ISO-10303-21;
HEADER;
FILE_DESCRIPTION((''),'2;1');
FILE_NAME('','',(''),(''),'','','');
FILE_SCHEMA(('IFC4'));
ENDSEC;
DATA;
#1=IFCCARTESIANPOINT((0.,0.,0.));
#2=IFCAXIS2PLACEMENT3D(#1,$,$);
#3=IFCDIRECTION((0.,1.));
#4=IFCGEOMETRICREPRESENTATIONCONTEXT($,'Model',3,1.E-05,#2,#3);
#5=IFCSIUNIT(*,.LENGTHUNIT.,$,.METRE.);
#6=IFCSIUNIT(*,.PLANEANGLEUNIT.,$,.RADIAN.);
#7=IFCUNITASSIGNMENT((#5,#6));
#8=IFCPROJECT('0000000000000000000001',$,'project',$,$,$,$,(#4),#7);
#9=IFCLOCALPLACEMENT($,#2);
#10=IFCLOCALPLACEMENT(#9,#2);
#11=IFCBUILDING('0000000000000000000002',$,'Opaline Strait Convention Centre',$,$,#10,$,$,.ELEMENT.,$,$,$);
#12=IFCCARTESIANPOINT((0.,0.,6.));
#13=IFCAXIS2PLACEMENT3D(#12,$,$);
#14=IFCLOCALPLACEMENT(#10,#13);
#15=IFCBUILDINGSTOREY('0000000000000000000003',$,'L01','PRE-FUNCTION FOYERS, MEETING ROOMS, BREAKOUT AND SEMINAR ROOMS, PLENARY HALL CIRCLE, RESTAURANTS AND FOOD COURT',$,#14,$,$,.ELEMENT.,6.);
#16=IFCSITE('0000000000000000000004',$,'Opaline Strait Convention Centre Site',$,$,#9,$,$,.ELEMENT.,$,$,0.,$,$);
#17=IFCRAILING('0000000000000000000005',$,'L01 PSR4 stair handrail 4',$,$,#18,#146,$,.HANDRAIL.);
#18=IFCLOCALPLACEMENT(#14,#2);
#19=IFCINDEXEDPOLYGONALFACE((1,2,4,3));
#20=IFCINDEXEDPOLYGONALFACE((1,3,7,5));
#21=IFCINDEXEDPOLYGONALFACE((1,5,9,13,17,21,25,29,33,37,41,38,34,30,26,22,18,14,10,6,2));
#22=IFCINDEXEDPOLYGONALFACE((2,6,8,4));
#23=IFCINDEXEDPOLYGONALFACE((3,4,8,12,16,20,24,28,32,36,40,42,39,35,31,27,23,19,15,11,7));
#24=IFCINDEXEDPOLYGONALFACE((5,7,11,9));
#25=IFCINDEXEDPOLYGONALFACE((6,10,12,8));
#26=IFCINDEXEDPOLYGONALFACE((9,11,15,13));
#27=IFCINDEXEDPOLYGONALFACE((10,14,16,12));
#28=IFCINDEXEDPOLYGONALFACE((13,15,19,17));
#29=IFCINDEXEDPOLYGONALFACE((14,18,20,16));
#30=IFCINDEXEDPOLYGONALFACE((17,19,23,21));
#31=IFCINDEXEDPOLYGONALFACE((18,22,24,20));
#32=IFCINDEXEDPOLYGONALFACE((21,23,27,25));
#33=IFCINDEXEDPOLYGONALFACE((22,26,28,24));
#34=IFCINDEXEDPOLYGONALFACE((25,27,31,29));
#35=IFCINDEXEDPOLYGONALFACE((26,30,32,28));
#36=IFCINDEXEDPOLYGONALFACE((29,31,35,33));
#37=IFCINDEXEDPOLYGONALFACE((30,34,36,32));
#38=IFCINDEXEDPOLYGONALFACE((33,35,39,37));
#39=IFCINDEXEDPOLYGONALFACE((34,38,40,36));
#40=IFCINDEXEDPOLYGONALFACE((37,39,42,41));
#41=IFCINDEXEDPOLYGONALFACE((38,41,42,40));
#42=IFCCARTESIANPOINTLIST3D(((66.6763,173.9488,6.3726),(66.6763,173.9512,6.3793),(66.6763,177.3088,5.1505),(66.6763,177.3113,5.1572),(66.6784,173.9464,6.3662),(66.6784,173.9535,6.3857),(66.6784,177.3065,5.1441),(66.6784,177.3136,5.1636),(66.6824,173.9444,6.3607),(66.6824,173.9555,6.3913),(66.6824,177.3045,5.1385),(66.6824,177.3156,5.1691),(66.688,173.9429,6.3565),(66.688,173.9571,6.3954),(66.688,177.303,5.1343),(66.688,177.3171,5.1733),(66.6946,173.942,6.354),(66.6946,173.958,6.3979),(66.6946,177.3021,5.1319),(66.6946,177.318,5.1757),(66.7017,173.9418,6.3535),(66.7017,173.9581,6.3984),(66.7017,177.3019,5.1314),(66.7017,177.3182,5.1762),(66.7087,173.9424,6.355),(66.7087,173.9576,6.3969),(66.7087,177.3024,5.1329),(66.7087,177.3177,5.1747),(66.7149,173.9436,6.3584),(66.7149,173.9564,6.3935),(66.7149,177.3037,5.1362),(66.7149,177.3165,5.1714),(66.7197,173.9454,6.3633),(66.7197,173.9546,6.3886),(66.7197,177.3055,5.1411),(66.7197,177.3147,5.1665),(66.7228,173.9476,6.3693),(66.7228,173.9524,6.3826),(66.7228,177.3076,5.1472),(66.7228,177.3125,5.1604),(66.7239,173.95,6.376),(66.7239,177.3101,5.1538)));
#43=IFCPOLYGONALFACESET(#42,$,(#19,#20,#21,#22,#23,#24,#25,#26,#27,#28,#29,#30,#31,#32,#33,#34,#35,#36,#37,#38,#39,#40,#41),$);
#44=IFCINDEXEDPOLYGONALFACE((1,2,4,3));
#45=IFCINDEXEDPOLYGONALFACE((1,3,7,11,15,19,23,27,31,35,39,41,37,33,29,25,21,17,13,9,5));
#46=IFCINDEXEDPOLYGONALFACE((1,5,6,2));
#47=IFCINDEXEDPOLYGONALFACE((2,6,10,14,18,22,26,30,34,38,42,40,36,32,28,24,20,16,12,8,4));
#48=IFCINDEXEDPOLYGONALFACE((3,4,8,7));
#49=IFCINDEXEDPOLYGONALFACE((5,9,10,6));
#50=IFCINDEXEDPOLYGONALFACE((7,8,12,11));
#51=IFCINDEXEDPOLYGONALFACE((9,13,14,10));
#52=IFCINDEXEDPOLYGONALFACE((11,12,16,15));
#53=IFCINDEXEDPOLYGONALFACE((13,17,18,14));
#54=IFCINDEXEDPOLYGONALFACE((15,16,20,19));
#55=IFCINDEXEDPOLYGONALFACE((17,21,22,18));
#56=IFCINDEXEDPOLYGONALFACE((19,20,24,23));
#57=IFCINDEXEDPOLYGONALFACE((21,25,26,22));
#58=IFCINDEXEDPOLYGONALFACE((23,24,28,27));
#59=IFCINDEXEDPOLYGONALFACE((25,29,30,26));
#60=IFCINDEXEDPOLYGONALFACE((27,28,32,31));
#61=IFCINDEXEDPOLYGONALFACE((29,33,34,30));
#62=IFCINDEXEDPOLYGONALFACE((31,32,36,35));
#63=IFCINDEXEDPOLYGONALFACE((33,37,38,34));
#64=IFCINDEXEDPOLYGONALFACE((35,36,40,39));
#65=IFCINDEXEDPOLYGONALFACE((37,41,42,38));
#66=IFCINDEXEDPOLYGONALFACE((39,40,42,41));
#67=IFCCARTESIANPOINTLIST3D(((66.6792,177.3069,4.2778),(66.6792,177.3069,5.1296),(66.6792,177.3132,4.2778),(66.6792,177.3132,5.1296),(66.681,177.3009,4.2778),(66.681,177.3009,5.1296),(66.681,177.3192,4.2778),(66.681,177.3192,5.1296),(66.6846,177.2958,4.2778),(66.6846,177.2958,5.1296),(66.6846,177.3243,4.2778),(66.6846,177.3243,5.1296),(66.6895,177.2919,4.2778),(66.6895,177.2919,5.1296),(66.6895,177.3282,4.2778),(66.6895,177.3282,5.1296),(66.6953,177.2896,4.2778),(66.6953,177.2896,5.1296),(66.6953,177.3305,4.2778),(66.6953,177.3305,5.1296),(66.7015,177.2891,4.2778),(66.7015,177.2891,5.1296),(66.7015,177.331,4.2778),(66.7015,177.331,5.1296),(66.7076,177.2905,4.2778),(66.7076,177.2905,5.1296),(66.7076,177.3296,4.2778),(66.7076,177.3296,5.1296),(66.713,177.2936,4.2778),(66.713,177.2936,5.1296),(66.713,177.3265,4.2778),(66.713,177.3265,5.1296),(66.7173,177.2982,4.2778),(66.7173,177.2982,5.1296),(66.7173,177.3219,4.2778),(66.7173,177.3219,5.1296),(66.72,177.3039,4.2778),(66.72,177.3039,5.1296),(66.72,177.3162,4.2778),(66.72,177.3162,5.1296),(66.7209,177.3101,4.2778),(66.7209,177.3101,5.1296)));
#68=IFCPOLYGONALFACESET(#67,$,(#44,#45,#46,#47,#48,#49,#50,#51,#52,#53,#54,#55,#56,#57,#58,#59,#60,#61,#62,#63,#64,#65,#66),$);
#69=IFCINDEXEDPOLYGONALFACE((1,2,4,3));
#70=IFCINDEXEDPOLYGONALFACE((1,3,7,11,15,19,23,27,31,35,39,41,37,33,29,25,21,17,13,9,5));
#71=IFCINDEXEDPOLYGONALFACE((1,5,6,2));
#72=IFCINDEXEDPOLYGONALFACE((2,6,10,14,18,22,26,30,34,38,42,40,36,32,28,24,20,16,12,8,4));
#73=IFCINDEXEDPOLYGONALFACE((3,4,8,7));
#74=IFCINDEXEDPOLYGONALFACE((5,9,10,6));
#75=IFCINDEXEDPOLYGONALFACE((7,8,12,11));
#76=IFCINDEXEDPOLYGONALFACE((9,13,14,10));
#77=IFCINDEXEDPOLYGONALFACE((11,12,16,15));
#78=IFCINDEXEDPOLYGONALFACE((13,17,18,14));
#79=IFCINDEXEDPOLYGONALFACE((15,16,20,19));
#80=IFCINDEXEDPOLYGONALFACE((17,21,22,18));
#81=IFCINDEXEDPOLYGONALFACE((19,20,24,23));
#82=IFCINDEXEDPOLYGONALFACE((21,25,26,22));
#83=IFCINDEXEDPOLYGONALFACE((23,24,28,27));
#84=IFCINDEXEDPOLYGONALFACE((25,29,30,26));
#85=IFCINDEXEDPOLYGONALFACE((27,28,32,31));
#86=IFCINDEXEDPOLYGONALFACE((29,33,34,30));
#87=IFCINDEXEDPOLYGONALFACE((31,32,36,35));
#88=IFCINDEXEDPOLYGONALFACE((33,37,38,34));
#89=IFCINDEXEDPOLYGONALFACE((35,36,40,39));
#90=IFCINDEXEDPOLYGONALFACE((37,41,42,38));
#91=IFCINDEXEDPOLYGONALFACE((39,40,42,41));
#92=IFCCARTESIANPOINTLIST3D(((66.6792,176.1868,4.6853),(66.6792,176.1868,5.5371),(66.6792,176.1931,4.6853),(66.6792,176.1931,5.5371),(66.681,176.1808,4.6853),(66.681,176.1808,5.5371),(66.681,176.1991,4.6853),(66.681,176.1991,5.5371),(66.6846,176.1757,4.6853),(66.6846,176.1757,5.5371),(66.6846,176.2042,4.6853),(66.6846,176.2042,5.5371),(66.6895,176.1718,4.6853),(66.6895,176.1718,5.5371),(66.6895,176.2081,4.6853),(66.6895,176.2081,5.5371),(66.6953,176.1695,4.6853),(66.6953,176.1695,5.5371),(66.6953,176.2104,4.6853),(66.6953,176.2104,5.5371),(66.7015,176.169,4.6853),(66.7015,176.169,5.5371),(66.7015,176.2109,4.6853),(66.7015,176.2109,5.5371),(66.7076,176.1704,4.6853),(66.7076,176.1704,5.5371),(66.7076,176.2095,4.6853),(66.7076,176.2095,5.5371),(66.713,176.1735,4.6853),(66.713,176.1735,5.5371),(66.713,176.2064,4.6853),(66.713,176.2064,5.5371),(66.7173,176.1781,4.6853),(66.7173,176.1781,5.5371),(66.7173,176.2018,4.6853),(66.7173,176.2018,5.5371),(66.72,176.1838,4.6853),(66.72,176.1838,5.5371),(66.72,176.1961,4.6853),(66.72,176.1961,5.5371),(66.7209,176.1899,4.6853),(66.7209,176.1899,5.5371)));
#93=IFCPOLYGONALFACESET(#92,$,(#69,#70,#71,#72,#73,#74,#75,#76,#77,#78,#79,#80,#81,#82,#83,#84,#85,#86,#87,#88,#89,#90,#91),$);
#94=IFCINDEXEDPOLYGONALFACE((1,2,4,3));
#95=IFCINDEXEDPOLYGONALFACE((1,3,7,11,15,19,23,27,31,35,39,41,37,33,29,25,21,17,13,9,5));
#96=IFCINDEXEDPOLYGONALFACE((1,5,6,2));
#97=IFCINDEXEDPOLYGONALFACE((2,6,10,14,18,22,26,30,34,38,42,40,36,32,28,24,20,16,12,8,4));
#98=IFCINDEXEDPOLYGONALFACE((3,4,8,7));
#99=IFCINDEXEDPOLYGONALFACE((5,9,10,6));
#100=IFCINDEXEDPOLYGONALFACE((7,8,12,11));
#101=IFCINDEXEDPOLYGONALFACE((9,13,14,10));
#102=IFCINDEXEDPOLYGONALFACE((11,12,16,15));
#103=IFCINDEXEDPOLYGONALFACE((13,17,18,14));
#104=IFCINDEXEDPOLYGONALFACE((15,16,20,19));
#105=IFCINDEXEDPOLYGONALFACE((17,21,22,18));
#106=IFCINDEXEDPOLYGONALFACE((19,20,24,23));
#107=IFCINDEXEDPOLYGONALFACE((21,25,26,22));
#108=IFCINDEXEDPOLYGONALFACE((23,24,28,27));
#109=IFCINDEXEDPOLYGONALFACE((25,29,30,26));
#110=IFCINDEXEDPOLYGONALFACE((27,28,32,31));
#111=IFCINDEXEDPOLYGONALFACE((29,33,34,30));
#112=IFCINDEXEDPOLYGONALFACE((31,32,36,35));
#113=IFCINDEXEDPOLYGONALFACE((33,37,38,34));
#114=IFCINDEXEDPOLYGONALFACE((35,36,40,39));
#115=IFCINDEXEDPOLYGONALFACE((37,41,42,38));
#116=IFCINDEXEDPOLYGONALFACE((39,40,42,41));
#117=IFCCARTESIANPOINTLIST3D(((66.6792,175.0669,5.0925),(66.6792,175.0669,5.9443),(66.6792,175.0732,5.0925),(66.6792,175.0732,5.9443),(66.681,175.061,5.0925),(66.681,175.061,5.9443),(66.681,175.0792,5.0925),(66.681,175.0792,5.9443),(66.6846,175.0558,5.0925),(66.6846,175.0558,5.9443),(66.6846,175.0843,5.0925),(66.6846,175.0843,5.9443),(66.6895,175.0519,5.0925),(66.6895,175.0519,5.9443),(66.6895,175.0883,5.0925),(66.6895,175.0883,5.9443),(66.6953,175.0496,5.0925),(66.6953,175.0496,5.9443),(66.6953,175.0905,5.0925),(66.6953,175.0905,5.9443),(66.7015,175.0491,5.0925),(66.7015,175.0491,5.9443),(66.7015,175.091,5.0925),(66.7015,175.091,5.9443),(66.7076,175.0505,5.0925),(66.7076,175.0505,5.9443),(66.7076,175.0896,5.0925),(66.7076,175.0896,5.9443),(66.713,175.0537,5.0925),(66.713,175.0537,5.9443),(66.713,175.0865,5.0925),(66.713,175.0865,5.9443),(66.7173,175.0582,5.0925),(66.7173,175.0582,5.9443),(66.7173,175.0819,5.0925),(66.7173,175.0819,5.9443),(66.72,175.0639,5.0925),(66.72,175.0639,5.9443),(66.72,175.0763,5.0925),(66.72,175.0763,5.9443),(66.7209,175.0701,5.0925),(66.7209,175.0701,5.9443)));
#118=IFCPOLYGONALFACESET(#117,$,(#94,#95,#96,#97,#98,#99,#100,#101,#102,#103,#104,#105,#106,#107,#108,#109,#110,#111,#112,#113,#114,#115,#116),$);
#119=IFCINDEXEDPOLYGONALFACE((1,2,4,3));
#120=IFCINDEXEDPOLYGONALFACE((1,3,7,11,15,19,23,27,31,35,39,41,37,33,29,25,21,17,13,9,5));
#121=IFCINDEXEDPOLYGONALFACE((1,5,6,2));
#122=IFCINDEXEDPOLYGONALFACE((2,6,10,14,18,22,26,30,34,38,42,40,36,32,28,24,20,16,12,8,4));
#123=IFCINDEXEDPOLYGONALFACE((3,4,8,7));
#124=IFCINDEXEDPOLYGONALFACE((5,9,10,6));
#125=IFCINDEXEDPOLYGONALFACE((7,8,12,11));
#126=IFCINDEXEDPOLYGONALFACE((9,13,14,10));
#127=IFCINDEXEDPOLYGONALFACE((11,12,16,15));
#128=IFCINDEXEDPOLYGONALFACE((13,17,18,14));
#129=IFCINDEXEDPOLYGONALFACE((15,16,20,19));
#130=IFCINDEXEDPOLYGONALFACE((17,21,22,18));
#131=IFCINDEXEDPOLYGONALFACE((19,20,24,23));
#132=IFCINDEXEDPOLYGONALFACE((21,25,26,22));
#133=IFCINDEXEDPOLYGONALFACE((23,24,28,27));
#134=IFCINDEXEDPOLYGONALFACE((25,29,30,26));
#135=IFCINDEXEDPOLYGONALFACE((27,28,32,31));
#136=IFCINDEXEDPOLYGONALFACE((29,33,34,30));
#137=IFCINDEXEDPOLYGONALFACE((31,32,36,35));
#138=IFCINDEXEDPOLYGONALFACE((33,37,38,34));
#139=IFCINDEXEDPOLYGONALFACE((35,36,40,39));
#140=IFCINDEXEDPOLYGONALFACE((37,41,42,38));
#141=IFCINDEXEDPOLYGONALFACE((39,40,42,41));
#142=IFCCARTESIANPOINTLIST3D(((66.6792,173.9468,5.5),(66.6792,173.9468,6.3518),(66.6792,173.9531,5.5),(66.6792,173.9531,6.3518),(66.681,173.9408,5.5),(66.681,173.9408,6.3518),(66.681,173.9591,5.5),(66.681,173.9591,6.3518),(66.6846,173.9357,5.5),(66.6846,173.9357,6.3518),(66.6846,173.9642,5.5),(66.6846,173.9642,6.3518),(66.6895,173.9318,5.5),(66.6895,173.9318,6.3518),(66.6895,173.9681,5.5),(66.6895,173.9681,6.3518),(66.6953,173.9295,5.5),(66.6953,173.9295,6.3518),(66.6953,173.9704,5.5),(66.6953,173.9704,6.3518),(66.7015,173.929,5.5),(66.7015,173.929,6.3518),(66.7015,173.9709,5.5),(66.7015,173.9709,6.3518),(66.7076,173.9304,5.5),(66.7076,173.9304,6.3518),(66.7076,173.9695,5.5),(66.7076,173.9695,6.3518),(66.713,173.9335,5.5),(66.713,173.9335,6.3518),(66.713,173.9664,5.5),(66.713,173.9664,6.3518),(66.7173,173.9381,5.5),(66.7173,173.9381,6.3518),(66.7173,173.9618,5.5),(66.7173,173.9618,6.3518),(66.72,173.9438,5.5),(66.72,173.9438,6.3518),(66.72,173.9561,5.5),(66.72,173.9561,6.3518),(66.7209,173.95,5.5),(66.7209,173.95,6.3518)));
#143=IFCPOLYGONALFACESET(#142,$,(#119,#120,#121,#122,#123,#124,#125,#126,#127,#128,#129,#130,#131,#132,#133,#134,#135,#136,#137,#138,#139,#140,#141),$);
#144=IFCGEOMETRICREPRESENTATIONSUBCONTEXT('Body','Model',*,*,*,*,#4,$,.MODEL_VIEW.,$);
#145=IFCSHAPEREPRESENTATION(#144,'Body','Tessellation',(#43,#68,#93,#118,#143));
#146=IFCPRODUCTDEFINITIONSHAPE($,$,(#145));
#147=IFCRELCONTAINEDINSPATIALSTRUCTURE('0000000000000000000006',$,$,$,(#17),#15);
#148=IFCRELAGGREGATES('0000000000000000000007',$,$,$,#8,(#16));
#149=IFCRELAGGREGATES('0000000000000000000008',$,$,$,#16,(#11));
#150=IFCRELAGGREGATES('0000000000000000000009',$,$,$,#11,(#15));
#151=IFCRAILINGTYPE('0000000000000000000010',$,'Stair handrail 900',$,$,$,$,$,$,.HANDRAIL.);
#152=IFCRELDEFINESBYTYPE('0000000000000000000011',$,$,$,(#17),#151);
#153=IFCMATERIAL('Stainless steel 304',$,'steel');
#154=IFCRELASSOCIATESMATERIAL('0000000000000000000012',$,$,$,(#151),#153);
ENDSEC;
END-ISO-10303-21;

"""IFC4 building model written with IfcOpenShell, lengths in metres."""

from ifc_helpers import new_model, si_unit, direction, frame, origin, origin_2d, place, context, subcontext, project, spatial, circle, extrude, material, type_object, element, save


model = new_model("IFC4")

# Units and contexts
model_context = context("Model", 3, precision=1e-05, world=origin(), true_north=direction((0.0, 1.0)))
body_context = subcontext(model_context, "Body", "Model", "MODEL_VIEW")
ifc_project = project(units=[si_unit("LENGTHUNIT", "METRE"), si_unit("PLANEANGLEUNIT", "RADIAN")], contexts=[model_context])

# Site, building, storey
site_placement = place(None, origin())
site = spatial("IfcSite", under=ifc_project, at=site_placement, Name="Opaline Strait Convention Centre Site", CompositionType="ELEMENT", RefElevation=0.0)
building_placement = place(site_placement, origin())
building = spatial("IfcBuilding", under=site, at=building_placement, Name="Opaline Strait Convention Centre", CompositionType="ELEMENT")
storey_placement = place(building_placement, frame((0.0, 0.0, 6.0)))
storey = spatial("IfcBuildingStorey", under=building, at=storey_placement, Name="L01", Description="PRE-FUNCTION FOYERS, MEETING ROOMS, BREAKOUT AND SEMINAR ROOMS, PLENARY HALL CIRCLE, RESTAURANTS AND FOOD COURT", CompositionType="ELEMENT", Elevation=6.0)

# Shared definitions
ifc_material_1 = material(Name="Stainless steel 304", Category="steel")

# Railing
railing_type_1 = type_object("IfcRailingType", Name="Stair handrail 900", PredefinedType="HANDRAIL", material=ifc_material_1)
for number, where, name in (
    (1, (66.7, 177.3101, 4.2778), "L01 PSR4 stair handrail 4"),
):
    element("IfcRailing", number, at=place(storey_placement, frame(where)), inside=storey, type_object=railing_type_1, Name=name, PredefinedType="HANDRAIL", context=body_context, shape_type="SweptSolid", body=[
        extrude(circle(Radius=0.0239, at=origin_2d()), frame((0.0, 0.0, 0.876), z_axis=(0.0, -0.939766, 0.34182), x_axis=(1.0, 0.0, 0.0)), (0.0, 0.0, 1.0), 3.5754),
        extrude(circle(Radius=0.021, at=origin_2d()), origin(), (0.0, 0.0, 1.0), 0.8518),
        extrude(circle(Radius=0.021, at=origin_2d()), frame((0.0, -1.1201, 0.4075)), (0.0, 0.0, 1.0), 0.8518),
        extrude(circle(Radius=0.021, at=origin_2d()), frame((0.0, -2.24, 0.8147)), (0.0, 0.0, 1.0), 0.8518),
        extrude(circle(Radius=0.021, at=origin_2d()), frame((0.0, -3.3601, 1.2222)), (0.0, 0.0, 1.0), 0.8518),
    ])

save(model, "model.ifc")
